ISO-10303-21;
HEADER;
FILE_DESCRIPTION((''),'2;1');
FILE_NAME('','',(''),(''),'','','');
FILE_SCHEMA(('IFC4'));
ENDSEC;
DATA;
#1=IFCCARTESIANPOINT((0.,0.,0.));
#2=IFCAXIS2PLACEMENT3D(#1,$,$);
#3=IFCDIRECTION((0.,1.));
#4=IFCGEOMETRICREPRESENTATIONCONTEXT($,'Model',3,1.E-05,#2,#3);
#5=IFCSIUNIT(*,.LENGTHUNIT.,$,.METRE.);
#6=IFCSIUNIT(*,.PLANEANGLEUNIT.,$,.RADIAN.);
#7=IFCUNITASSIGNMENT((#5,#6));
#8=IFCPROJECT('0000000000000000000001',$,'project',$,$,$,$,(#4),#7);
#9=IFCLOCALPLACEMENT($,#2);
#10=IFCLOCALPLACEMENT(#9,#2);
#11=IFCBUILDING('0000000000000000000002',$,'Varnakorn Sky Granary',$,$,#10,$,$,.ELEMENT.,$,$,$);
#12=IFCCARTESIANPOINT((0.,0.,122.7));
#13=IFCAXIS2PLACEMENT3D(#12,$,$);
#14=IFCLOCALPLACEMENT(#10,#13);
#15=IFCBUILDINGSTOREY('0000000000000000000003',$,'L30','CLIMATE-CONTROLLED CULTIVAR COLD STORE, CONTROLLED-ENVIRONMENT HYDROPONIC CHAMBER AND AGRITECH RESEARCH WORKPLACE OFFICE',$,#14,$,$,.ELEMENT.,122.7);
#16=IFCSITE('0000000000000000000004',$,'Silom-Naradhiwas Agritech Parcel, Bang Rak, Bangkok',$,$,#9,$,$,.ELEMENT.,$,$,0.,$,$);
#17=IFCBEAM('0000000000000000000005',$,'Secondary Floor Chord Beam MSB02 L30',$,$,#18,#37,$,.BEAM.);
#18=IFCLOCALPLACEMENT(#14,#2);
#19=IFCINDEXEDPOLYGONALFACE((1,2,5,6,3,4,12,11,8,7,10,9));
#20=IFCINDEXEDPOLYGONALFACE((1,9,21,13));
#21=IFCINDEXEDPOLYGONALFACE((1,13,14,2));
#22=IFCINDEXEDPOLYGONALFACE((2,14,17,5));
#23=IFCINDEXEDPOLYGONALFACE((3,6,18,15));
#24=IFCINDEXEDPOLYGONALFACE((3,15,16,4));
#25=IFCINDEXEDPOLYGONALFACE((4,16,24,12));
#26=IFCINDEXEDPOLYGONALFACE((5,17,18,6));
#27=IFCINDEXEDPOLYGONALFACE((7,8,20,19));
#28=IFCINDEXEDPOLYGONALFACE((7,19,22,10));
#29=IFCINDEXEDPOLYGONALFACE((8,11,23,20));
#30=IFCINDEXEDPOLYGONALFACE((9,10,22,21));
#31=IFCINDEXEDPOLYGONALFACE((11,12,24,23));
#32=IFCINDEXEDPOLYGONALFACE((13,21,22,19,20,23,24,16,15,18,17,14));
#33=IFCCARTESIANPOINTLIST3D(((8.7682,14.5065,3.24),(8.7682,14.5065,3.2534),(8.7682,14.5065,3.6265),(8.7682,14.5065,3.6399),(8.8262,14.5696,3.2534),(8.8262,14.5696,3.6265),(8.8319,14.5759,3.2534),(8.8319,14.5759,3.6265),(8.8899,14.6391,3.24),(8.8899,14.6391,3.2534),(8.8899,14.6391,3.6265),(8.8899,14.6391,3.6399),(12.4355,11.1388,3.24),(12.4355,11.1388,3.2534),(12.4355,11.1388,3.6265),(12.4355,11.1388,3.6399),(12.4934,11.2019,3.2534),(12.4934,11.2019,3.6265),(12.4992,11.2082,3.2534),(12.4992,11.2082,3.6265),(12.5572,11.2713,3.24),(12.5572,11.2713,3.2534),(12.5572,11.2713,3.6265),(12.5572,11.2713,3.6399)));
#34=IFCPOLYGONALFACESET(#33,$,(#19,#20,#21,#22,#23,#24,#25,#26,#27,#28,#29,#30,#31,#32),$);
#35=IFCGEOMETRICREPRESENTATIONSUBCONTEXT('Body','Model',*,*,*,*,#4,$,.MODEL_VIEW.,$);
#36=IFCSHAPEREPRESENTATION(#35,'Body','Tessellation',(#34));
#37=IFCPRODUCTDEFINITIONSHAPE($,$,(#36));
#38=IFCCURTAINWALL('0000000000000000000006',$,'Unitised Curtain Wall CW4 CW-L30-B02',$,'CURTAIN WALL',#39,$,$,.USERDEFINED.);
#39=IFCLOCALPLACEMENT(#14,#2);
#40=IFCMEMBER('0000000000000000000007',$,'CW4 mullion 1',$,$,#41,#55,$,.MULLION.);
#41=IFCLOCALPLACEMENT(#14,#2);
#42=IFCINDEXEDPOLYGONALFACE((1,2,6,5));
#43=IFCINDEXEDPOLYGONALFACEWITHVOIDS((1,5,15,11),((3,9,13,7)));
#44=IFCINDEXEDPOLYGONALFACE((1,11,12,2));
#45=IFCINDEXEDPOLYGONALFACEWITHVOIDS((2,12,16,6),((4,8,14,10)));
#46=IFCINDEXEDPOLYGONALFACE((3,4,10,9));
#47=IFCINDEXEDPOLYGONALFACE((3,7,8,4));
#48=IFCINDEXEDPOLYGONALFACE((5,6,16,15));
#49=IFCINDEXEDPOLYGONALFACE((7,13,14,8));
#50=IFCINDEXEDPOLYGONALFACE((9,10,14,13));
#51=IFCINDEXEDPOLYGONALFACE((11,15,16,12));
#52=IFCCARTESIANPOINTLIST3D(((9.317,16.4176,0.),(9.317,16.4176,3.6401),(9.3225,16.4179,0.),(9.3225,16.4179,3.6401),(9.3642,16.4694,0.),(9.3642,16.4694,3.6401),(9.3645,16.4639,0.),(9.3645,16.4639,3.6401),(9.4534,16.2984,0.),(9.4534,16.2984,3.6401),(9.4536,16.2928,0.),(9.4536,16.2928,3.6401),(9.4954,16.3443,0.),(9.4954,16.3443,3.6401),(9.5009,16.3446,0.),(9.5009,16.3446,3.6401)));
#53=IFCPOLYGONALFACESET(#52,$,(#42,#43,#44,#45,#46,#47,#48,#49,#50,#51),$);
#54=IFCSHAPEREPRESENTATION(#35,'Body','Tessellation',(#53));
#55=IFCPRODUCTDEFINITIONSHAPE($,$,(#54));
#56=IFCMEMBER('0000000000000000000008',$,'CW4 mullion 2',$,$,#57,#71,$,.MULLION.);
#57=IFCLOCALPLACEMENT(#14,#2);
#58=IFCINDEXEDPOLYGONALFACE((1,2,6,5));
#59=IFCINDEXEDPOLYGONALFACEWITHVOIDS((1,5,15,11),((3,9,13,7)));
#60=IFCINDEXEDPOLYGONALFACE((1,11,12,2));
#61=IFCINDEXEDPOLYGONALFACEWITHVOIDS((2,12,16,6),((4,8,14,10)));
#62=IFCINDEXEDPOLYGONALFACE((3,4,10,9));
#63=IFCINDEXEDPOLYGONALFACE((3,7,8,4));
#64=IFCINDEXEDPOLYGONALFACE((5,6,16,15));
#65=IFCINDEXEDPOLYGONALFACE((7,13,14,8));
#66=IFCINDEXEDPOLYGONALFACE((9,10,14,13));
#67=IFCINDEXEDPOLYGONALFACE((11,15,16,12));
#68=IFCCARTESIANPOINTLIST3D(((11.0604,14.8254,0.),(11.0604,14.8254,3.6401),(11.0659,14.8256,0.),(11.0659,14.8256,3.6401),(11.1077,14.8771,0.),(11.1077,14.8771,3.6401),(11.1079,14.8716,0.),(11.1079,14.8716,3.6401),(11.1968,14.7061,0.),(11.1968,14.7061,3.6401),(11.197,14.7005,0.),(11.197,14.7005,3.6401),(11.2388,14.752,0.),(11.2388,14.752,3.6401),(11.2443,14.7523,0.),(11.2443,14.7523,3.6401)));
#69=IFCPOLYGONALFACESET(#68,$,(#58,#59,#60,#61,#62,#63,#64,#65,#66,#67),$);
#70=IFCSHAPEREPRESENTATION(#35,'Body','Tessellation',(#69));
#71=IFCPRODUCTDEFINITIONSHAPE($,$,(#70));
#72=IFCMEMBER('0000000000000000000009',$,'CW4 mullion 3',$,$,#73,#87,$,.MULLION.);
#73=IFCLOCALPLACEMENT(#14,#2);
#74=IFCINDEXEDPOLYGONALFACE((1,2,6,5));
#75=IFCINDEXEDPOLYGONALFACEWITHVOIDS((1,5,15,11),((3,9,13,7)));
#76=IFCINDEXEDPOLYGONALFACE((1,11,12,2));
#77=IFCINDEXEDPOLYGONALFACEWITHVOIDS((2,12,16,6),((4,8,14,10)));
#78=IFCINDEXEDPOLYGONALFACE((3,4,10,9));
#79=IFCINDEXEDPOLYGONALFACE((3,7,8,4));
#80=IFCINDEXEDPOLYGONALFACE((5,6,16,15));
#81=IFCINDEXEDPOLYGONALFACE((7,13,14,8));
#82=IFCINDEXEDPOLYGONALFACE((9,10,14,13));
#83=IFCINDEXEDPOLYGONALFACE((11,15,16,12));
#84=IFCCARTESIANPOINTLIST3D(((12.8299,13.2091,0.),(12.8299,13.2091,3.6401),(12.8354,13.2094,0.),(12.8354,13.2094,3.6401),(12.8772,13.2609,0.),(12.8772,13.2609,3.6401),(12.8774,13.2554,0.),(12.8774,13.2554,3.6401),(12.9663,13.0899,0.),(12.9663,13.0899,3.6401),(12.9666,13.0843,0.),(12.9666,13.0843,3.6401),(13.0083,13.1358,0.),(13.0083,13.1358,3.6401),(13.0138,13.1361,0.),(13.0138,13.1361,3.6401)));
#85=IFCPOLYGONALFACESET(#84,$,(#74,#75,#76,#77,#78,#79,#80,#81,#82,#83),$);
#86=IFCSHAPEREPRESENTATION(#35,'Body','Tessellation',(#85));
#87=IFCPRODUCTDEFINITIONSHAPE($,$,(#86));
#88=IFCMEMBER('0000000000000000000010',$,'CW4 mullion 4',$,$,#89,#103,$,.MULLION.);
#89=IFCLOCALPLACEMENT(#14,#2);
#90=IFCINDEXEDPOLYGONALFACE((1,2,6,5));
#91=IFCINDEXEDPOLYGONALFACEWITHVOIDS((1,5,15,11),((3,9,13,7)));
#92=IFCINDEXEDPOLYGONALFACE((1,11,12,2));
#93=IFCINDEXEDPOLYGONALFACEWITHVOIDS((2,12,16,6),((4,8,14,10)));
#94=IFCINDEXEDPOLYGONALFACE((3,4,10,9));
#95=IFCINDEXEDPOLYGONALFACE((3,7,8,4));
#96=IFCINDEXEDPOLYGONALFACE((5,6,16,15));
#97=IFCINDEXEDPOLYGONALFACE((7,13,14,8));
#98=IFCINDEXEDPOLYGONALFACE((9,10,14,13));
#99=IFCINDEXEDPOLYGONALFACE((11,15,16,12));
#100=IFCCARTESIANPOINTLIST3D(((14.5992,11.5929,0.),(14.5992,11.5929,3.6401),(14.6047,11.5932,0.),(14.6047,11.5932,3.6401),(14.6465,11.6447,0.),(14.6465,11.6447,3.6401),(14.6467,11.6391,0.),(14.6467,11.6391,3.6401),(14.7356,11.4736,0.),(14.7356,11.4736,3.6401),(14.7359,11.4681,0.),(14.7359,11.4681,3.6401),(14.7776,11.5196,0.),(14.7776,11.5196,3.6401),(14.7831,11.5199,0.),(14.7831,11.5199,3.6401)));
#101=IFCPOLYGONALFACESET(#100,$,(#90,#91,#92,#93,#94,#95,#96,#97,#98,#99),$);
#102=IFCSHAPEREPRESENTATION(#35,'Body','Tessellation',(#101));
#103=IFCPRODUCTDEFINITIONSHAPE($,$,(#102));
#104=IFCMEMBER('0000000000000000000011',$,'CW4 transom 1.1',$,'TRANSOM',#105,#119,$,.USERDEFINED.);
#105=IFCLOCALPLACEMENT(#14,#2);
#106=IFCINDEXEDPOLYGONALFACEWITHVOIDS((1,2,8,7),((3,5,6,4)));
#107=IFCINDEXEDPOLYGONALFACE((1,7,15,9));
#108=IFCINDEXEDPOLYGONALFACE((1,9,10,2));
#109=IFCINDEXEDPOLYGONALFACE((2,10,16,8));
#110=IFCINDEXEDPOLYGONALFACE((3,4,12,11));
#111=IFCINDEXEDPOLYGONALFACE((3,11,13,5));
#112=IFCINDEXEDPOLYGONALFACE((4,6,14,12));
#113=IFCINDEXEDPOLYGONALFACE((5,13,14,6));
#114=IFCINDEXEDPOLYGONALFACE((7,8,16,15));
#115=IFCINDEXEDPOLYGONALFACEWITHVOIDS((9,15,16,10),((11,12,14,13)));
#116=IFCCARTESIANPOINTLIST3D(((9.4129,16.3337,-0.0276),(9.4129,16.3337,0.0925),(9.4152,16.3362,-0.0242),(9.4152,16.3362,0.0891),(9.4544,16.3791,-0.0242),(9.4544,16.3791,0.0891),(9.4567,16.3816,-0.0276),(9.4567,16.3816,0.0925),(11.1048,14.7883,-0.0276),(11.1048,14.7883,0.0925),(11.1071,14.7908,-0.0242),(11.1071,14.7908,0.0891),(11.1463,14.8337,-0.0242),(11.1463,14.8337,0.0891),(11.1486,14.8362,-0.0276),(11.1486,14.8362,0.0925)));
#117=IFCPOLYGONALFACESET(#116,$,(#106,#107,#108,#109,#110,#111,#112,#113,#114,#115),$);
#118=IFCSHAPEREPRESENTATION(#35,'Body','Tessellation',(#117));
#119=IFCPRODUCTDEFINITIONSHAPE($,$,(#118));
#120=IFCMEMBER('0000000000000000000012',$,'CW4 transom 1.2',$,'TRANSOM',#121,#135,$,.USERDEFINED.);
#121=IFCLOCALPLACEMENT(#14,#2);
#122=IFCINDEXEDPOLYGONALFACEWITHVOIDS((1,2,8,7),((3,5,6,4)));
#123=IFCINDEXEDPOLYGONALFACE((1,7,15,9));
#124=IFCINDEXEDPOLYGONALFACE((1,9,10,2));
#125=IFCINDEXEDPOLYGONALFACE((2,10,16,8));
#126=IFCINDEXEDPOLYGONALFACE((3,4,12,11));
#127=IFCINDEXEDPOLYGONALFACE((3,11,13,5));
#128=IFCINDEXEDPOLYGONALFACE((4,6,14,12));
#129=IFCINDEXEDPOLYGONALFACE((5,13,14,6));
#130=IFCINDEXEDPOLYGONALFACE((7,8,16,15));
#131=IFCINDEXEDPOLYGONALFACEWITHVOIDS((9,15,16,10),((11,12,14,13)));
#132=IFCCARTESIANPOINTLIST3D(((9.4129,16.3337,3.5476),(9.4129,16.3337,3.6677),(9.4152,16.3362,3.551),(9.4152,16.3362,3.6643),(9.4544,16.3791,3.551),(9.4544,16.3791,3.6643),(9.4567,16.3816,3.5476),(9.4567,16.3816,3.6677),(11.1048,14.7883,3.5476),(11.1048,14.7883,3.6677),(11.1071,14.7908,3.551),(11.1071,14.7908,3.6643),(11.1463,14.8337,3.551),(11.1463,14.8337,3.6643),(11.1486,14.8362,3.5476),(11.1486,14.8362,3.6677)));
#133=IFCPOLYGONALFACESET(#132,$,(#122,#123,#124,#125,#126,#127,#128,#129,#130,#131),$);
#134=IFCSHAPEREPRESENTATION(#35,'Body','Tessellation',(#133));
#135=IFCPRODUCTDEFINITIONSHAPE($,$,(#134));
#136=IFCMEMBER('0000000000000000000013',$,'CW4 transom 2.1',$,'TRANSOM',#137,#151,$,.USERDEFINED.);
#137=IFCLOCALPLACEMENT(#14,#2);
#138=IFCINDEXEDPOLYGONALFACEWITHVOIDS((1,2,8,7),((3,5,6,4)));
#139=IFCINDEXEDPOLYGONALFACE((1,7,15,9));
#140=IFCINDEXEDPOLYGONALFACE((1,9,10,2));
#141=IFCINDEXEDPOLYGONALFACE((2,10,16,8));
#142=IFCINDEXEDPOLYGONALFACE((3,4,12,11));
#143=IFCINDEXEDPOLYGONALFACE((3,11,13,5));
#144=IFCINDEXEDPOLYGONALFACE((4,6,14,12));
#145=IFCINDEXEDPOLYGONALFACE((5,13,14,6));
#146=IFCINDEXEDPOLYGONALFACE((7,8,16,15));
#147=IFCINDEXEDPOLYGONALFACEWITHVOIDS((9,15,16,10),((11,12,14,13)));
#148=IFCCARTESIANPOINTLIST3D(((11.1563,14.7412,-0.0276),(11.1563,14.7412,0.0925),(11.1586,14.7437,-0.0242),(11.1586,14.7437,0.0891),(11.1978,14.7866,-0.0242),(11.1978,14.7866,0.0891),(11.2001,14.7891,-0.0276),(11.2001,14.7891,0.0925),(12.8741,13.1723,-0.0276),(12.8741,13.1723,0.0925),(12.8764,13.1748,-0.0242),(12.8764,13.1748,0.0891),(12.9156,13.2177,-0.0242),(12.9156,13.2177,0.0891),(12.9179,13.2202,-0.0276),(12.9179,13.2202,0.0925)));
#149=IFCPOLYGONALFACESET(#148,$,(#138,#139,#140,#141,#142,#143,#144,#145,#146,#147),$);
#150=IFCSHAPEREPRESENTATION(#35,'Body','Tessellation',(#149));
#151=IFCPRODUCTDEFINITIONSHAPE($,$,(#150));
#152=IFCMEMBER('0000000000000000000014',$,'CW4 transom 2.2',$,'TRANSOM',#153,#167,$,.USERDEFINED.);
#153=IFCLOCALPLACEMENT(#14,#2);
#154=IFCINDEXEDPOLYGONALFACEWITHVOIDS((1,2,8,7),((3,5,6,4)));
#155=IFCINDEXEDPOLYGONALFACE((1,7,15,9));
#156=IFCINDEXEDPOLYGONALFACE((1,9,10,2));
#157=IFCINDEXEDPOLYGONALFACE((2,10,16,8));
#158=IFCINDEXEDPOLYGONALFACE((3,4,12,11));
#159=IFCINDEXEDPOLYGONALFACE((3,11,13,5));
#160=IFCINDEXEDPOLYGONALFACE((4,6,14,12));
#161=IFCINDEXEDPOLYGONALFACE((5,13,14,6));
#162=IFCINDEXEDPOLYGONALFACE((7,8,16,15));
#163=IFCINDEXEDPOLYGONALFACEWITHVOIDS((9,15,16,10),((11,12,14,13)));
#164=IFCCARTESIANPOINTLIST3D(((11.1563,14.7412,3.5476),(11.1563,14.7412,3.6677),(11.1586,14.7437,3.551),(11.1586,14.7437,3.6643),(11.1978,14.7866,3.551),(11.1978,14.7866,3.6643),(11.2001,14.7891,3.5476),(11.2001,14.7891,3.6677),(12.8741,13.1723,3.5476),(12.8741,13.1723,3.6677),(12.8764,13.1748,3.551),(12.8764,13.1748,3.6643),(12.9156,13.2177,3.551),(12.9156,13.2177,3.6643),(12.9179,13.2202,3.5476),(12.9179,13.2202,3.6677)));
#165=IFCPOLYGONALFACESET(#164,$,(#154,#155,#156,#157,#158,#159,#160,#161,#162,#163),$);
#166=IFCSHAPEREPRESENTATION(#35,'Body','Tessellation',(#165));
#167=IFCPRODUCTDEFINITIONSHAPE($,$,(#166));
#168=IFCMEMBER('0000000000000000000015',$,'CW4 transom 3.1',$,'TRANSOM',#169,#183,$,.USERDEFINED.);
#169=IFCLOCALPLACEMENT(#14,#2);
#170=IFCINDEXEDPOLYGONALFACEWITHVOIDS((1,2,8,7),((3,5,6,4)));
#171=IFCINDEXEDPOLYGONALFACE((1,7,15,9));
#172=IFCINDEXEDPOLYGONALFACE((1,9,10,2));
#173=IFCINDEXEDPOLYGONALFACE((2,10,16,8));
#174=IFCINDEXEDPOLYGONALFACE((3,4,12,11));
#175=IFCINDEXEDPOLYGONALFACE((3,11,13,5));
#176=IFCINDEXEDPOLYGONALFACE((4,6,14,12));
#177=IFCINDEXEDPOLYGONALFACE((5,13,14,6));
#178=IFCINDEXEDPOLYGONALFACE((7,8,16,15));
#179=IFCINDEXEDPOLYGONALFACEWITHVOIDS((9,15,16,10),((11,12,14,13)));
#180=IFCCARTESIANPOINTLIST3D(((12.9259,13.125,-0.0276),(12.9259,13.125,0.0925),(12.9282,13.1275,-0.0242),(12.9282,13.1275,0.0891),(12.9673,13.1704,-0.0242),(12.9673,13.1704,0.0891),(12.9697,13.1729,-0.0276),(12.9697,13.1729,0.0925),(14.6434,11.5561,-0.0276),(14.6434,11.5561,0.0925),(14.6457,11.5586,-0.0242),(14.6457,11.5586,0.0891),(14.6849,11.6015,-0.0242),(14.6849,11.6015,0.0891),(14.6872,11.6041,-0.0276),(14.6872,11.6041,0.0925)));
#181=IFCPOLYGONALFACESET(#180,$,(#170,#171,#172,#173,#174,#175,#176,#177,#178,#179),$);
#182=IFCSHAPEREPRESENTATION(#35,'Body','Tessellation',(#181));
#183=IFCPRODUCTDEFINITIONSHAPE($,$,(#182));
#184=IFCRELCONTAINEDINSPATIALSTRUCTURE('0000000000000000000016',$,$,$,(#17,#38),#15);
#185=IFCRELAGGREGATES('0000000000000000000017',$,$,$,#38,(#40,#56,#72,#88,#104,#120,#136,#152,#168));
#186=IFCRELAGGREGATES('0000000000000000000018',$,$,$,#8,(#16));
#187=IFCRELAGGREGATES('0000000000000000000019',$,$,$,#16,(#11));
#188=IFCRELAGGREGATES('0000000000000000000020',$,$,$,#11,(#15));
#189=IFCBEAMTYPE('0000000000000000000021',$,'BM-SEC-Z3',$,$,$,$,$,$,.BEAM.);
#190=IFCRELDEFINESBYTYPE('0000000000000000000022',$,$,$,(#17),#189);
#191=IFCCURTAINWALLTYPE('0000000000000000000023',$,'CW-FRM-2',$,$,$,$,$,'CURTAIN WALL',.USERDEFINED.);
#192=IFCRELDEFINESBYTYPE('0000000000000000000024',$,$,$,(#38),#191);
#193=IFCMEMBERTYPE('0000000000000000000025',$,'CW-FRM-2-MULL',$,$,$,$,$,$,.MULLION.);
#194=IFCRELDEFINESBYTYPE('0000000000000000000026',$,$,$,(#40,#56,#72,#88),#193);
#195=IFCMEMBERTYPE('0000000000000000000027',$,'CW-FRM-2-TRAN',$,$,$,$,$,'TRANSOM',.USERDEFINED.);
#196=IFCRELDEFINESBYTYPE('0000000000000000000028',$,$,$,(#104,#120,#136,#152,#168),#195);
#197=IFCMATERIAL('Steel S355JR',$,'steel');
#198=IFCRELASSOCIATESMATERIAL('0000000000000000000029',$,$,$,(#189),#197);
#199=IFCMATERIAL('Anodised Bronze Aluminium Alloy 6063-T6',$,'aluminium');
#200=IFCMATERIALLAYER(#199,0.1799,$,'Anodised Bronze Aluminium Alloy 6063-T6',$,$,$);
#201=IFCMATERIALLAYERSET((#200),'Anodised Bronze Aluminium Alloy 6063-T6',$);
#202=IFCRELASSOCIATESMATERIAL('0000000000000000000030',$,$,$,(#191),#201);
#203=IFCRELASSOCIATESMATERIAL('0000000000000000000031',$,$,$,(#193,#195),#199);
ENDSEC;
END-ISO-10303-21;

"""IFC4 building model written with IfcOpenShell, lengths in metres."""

from ifc_helpers import new_model, si_unit, direction, frame, origin, origin_2d, place, context, subcontext, project, spatial, hollow_rectangle, i_section, extrude, material, layer, layer_set, material_profile, profile_set, type_object, element, aggregate, save


model = new_model("IFC4")

# Units and contexts
model_context = context("Model", 3, precision=1e-05, world=origin(), true_north=direction((0.0, 1.0)))
body_context = subcontext(model_context, "Body", "Model", "MODEL_VIEW")
ifc_project = project(units=[si_unit("LENGTHUNIT", "METRE"), si_unit("PLANEANGLEUNIT", "RADIAN")], contexts=[model_context])

# Site, building, storey
site_placement = place(None, origin())
site = spatial("IfcSite", under=ifc_project, at=site_placement, Name="Silom-Naradhiwas Agritech Parcel, Bang Rak, Bangkok", CompositionType="ELEMENT", RefElevation=0.0)
building_placement = place(site_placement, origin())
building = spatial("IfcBuilding", under=site, at=building_placement, Name="Varnakorn Sky Granary", CompositionType="ELEMENT")
storey_placement = place(building_placement, frame((0.0, 0.0, 122.7)))
storey = spatial("IfcBuildingStorey", under=building, at=storey_placement, Name="L30", Description="CLIMATE-CONTROLLED CULTIVAR COLD STORE, CONTROLLED-ENVIRONMENT HYDROPONIC CHAMBER AND AGRITECH RESEARCH WORKPLACE OFFICE", CompositionType="ELEMENT", Elevation=122.7)

# Beam
ifc_material_1 = material(Name="Steel S355JR", Category="steel")
ifc_material_profile_1 = material_profile(ifc_material_1, i_section(OverallWidth=0.1799, OverallDepth=0.3999, WebThickness=0.0085, FlangeThickness=0.0134, at=origin_2d()), Name="IPE 400")
ifc_profile_set_1 = profile_set([ifc_material_profile_1], Name="Steel S355JR")
beam_type = type_object("IfcBeamType", Name="BM-SEC-Z3", PredefinedType="BEAM", material=ifc_profile_set_1)
beam_placement = place(storey_placement, frame((12.4963, 11.2051, 3.4399), z_axis=(-0.736549, 0.676384, 0.0), x_axis=(-0.676384, -0.736549, 0.0)))
element("IfcBeam", 1, at=beam_placement, inside=storey, type_object=beam_type, Name="Secondary Floor Chord Beam MSB02 L30", PredefinedType="BEAM", context=body_context, shape_type="SweptSolid", body=[
    extrude(i_section(OverallWidth=0.1799, OverallDepth=0.3999, WebThickness=0.0085, FlangeThickness=0.0134, at=origin_2d()), origin(), (0.0, 0.0, 1.0), 4.979),
])

# Curtain wall, members
ifc_material_2 = material(Name="Anodised Bronze Aluminium Alloy 6063-T6", Category="aluminium")
ifc_layer_1 = layer(ifc_material_2, 0.1799, Name="Anodised Bronze Aluminium Alloy 6063-T6")
ifc_layer_set_1 = layer_set([ifc_layer_1], Name="Anodised Bronze Aluminium Alloy 6063-T6")
curtain_wall_type = type_object("IfcCurtainWallType", Name="CW-FRM-2", ElementType="CURTAIN WALL", PredefinedType="USERDEFINED", material=ifc_layer_set_1)
curtain_wall_placement = place(storey_placement, origin())
curtain_wall = element("IfcCurtainWall", 2, at=curtain_wall_placement, inside=storey, type_object=curtain_wall_type, Name="Unitised Curtain Wall CW4 CW-L30-B02", ObjectType="CURTAIN WALL", PredefinedType="USERDEFINED")
ifc_material_profile_2 = material_profile(ifc_material_2, hollow_rectangle(XDim=0.0701, YDim=0.1851, WallThickness=0.0039, at=origin_2d()), Name="ALU MULL 70x185")
ifc_profile_set_2 = profile_set([ifc_material_profile_2], Name="Anodised Bronze Aluminium Alloy 6063-T6")
member_type_1 = type_object("IfcMemberType", Name="CW-FRM-2-MULL", PredefinedType="MULLION", material=ifc_profile_set_2)
member_1_placement = place(storey_placement, frame((9.4089, 16.3811, 0.0), z_axis=(0.0, 0.0, 1.0), x_axis=(0.674407, 0.738359, 0.0)))
member_1 = element("IfcMember", 3, at=member_1_placement, type_object=member_type_1, Name="CW4 mullion 1", PredefinedType="MULLION", context=body_context, shape_type="SweptSolid", body=[
    extrude(hollow_rectangle(XDim=0.0701, YDim=0.1851, WallThickness=0.0039, at=origin_2d()), origin(), (0.0, 0.0, 1.0), 3.6401),
])
member_2_placement = place(storey_placement, frame((11.1523, 14.7888, 0.0), z_axis=(0.0, 0.0, 1.0), x_axis=(0.674407, 0.738359, 0.0)))
member_2 = element("IfcMember", 4, at=member_2_placement, type_object=member_type_1, Name="CW4 mullion 2", PredefinedType="MULLION", context=body_context, shape_type="SweptSolid", body=[
    extrude(hollow_rectangle(XDim=0.0701, YDim=0.1851, WallThickness=0.0039, at=origin_2d()), origin(), (0.0, 0.0, 1.0), 3.6401),
])
member_3_placement = place(storey_placement, frame((12.9219, 13.1726, 0.0), z_axis=(0.0, 0.0, 1.0), x_axis=(0.674407, 0.738359, 0.0)))
member_3 = element("IfcMember", 5, at=member_3_placement, type_object=member_type_1, Name="CW4 mullion 3", PredefinedType="MULLION", context=body_context, shape_type="SweptSolid", body=[
    extrude(hollow_rectangle(XDim=0.0701, YDim=0.1851, WallThickness=0.0039, at=origin_2d()), origin(), (0.0, 0.0, 1.0), 3.6401),
])
member_4_placement = place(storey_placement, frame((14.6912, 11.5564, 0.0), z_axis=(0.0, 0.0, 1.0), x_axis=(0.674407, 0.738359, 0.0)))
member_4 = element("IfcMember", 6, at=member_4_placement, type_object=member_type_1, Name="CW4 mullion 4", PredefinedType="MULLION", context=body_context, shape_type="SweptSolid", body=[
    extrude(hollow_rectangle(XDim=0.0701, YDim=0.1851, WallThickness=0.0039, at=origin_2d()), origin(), (0.0, 0.0, 1.0), 3.6401),
])
ifc_material_profile_3 = material_profile(ifc_material_2, hollow_rectangle(XDim=0.0649, YDim=0.1201, WallThickness=0.0034, at=origin_2d()), Name="ALU TRAN 65x120")
ifc_profile_set_3 = profile_set([ifc_material_profile_3], Name="Anodised Bronze Aluminium Alloy 6063-T6")
member_type_2 = type_object("IfcMemberType", Name="CW-FRM-2-TRAN", ElementType="TRANSOM", PredefinedType="USERDEFINED", material=ifc_profile_set_3)
member_5_placement = place(storey_placement, frame((9.4348, 16.3577, 0.0325), z_axis=(0.738347, -0.674421, 0.0), x_axis=(0.674421, 0.738347, 0.0)))
member_5 = element("IfcMember", 7, at=member_5_placement, type_object=member_type_2, Name="CW4 transom 1.1", ObjectType="TRANSOM", PredefinedType="USERDEFINED", context=body_context, shape_type="SweptSolid", body=[
    extrude(hollow_rectangle(XDim=0.0649, YDim=0.1201, WallThickness=0.0034, at=origin_2d()), origin(), (0.0, 0.0, 1.0), 2.2915),
])
member_6_placement = place(storey_placement, frame((9.4348, 16.3577, 3.6077), z_axis=(0.738347, -0.674421, 0.0), x_axis=(0.674421, 0.738347, 0.0)))
member_6 = element("IfcMember", 8, at=member_6_placement, type_object=member_type_2, Name="CW4 transom 1.2", ObjectType="TRANSOM", PredefinedType="USERDEFINED", context=body_context, shape_type="SweptSolid", body=[
    extrude(hollow_rectangle(XDim=0.0649, YDim=0.1201, WallThickness=0.0034, at=origin_2d()), origin(), (0.0, 0.0, 1.0), 2.2915),
])
member_7_placement = place(storey_placement, frame((11.1782, 14.7651, 0.0325), z_axis=(0.73839, -0.674374, 0.0), x_axis=(0.674374, 0.73839, 0.0)))
member_7 = element("IfcMember", 9, at=member_7_placement, type_object=member_type_2, Name="CW4 transom 2.1", ObjectType="TRANSOM", PredefinedType="USERDEFINED", context=body_context, shape_type="SweptSolid", body=[
    extrude(hollow_rectangle(XDim=0.0649, YDim=0.1201, WallThickness=0.0034, at=origin_2d()), origin(), (0.0, 0.0, 1.0), 2.3264),
])
member_8_placement = place(storey_placement, frame((11.1782, 14.7651, 3.6077), z_axis=(0.73839, -0.674374, 0.0), x_axis=(0.674374, 0.73839, 0.0)))
member_8 = element("IfcMember", 10, at=member_8_placement, type_object=member_type_2, Name="CW4 transom 2.2", ObjectType="TRANSOM", PredefinedType="USERDEFINED", context=body_context, shape_type="SweptSolid", body=[
    extrude(hollow_rectangle(XDim=0.0649, YDim=0.1201, WallThickness=0.0034, at=origin_2d()), origin(), (0.0, 0.0, 1.0), 2.3264),
])
member_9_placement = place(storey_placement, frame((12.9478, 13.1489, 0.0325), z_axis=(0.738342, -0.674426, 0.0), x_axis=(0.674426, 0.738342, 0.0)))
member_9 = element("IfcMember", 11, at=member_9_placement, type_object=member_type_2, Name="CW4 transom 3.1", ObjectType="TRANSOM", PredefinedType="USERDEFINED", context=body_context, shape_type="SweptSolid", body=[
    extrude(hollow_rectangle(XDim=0.0649, YDim=0.1201, WallThickness=0.0034, at=origin_2d()), origin(), (0.0, 0.0, 1.0), 2.3262),
])
aggregate(curtain_wall, [member_1, member_2, member_3, member_4, member_5, member_6, member_7, member_8, member_9])

save(model, "model.ifc")
